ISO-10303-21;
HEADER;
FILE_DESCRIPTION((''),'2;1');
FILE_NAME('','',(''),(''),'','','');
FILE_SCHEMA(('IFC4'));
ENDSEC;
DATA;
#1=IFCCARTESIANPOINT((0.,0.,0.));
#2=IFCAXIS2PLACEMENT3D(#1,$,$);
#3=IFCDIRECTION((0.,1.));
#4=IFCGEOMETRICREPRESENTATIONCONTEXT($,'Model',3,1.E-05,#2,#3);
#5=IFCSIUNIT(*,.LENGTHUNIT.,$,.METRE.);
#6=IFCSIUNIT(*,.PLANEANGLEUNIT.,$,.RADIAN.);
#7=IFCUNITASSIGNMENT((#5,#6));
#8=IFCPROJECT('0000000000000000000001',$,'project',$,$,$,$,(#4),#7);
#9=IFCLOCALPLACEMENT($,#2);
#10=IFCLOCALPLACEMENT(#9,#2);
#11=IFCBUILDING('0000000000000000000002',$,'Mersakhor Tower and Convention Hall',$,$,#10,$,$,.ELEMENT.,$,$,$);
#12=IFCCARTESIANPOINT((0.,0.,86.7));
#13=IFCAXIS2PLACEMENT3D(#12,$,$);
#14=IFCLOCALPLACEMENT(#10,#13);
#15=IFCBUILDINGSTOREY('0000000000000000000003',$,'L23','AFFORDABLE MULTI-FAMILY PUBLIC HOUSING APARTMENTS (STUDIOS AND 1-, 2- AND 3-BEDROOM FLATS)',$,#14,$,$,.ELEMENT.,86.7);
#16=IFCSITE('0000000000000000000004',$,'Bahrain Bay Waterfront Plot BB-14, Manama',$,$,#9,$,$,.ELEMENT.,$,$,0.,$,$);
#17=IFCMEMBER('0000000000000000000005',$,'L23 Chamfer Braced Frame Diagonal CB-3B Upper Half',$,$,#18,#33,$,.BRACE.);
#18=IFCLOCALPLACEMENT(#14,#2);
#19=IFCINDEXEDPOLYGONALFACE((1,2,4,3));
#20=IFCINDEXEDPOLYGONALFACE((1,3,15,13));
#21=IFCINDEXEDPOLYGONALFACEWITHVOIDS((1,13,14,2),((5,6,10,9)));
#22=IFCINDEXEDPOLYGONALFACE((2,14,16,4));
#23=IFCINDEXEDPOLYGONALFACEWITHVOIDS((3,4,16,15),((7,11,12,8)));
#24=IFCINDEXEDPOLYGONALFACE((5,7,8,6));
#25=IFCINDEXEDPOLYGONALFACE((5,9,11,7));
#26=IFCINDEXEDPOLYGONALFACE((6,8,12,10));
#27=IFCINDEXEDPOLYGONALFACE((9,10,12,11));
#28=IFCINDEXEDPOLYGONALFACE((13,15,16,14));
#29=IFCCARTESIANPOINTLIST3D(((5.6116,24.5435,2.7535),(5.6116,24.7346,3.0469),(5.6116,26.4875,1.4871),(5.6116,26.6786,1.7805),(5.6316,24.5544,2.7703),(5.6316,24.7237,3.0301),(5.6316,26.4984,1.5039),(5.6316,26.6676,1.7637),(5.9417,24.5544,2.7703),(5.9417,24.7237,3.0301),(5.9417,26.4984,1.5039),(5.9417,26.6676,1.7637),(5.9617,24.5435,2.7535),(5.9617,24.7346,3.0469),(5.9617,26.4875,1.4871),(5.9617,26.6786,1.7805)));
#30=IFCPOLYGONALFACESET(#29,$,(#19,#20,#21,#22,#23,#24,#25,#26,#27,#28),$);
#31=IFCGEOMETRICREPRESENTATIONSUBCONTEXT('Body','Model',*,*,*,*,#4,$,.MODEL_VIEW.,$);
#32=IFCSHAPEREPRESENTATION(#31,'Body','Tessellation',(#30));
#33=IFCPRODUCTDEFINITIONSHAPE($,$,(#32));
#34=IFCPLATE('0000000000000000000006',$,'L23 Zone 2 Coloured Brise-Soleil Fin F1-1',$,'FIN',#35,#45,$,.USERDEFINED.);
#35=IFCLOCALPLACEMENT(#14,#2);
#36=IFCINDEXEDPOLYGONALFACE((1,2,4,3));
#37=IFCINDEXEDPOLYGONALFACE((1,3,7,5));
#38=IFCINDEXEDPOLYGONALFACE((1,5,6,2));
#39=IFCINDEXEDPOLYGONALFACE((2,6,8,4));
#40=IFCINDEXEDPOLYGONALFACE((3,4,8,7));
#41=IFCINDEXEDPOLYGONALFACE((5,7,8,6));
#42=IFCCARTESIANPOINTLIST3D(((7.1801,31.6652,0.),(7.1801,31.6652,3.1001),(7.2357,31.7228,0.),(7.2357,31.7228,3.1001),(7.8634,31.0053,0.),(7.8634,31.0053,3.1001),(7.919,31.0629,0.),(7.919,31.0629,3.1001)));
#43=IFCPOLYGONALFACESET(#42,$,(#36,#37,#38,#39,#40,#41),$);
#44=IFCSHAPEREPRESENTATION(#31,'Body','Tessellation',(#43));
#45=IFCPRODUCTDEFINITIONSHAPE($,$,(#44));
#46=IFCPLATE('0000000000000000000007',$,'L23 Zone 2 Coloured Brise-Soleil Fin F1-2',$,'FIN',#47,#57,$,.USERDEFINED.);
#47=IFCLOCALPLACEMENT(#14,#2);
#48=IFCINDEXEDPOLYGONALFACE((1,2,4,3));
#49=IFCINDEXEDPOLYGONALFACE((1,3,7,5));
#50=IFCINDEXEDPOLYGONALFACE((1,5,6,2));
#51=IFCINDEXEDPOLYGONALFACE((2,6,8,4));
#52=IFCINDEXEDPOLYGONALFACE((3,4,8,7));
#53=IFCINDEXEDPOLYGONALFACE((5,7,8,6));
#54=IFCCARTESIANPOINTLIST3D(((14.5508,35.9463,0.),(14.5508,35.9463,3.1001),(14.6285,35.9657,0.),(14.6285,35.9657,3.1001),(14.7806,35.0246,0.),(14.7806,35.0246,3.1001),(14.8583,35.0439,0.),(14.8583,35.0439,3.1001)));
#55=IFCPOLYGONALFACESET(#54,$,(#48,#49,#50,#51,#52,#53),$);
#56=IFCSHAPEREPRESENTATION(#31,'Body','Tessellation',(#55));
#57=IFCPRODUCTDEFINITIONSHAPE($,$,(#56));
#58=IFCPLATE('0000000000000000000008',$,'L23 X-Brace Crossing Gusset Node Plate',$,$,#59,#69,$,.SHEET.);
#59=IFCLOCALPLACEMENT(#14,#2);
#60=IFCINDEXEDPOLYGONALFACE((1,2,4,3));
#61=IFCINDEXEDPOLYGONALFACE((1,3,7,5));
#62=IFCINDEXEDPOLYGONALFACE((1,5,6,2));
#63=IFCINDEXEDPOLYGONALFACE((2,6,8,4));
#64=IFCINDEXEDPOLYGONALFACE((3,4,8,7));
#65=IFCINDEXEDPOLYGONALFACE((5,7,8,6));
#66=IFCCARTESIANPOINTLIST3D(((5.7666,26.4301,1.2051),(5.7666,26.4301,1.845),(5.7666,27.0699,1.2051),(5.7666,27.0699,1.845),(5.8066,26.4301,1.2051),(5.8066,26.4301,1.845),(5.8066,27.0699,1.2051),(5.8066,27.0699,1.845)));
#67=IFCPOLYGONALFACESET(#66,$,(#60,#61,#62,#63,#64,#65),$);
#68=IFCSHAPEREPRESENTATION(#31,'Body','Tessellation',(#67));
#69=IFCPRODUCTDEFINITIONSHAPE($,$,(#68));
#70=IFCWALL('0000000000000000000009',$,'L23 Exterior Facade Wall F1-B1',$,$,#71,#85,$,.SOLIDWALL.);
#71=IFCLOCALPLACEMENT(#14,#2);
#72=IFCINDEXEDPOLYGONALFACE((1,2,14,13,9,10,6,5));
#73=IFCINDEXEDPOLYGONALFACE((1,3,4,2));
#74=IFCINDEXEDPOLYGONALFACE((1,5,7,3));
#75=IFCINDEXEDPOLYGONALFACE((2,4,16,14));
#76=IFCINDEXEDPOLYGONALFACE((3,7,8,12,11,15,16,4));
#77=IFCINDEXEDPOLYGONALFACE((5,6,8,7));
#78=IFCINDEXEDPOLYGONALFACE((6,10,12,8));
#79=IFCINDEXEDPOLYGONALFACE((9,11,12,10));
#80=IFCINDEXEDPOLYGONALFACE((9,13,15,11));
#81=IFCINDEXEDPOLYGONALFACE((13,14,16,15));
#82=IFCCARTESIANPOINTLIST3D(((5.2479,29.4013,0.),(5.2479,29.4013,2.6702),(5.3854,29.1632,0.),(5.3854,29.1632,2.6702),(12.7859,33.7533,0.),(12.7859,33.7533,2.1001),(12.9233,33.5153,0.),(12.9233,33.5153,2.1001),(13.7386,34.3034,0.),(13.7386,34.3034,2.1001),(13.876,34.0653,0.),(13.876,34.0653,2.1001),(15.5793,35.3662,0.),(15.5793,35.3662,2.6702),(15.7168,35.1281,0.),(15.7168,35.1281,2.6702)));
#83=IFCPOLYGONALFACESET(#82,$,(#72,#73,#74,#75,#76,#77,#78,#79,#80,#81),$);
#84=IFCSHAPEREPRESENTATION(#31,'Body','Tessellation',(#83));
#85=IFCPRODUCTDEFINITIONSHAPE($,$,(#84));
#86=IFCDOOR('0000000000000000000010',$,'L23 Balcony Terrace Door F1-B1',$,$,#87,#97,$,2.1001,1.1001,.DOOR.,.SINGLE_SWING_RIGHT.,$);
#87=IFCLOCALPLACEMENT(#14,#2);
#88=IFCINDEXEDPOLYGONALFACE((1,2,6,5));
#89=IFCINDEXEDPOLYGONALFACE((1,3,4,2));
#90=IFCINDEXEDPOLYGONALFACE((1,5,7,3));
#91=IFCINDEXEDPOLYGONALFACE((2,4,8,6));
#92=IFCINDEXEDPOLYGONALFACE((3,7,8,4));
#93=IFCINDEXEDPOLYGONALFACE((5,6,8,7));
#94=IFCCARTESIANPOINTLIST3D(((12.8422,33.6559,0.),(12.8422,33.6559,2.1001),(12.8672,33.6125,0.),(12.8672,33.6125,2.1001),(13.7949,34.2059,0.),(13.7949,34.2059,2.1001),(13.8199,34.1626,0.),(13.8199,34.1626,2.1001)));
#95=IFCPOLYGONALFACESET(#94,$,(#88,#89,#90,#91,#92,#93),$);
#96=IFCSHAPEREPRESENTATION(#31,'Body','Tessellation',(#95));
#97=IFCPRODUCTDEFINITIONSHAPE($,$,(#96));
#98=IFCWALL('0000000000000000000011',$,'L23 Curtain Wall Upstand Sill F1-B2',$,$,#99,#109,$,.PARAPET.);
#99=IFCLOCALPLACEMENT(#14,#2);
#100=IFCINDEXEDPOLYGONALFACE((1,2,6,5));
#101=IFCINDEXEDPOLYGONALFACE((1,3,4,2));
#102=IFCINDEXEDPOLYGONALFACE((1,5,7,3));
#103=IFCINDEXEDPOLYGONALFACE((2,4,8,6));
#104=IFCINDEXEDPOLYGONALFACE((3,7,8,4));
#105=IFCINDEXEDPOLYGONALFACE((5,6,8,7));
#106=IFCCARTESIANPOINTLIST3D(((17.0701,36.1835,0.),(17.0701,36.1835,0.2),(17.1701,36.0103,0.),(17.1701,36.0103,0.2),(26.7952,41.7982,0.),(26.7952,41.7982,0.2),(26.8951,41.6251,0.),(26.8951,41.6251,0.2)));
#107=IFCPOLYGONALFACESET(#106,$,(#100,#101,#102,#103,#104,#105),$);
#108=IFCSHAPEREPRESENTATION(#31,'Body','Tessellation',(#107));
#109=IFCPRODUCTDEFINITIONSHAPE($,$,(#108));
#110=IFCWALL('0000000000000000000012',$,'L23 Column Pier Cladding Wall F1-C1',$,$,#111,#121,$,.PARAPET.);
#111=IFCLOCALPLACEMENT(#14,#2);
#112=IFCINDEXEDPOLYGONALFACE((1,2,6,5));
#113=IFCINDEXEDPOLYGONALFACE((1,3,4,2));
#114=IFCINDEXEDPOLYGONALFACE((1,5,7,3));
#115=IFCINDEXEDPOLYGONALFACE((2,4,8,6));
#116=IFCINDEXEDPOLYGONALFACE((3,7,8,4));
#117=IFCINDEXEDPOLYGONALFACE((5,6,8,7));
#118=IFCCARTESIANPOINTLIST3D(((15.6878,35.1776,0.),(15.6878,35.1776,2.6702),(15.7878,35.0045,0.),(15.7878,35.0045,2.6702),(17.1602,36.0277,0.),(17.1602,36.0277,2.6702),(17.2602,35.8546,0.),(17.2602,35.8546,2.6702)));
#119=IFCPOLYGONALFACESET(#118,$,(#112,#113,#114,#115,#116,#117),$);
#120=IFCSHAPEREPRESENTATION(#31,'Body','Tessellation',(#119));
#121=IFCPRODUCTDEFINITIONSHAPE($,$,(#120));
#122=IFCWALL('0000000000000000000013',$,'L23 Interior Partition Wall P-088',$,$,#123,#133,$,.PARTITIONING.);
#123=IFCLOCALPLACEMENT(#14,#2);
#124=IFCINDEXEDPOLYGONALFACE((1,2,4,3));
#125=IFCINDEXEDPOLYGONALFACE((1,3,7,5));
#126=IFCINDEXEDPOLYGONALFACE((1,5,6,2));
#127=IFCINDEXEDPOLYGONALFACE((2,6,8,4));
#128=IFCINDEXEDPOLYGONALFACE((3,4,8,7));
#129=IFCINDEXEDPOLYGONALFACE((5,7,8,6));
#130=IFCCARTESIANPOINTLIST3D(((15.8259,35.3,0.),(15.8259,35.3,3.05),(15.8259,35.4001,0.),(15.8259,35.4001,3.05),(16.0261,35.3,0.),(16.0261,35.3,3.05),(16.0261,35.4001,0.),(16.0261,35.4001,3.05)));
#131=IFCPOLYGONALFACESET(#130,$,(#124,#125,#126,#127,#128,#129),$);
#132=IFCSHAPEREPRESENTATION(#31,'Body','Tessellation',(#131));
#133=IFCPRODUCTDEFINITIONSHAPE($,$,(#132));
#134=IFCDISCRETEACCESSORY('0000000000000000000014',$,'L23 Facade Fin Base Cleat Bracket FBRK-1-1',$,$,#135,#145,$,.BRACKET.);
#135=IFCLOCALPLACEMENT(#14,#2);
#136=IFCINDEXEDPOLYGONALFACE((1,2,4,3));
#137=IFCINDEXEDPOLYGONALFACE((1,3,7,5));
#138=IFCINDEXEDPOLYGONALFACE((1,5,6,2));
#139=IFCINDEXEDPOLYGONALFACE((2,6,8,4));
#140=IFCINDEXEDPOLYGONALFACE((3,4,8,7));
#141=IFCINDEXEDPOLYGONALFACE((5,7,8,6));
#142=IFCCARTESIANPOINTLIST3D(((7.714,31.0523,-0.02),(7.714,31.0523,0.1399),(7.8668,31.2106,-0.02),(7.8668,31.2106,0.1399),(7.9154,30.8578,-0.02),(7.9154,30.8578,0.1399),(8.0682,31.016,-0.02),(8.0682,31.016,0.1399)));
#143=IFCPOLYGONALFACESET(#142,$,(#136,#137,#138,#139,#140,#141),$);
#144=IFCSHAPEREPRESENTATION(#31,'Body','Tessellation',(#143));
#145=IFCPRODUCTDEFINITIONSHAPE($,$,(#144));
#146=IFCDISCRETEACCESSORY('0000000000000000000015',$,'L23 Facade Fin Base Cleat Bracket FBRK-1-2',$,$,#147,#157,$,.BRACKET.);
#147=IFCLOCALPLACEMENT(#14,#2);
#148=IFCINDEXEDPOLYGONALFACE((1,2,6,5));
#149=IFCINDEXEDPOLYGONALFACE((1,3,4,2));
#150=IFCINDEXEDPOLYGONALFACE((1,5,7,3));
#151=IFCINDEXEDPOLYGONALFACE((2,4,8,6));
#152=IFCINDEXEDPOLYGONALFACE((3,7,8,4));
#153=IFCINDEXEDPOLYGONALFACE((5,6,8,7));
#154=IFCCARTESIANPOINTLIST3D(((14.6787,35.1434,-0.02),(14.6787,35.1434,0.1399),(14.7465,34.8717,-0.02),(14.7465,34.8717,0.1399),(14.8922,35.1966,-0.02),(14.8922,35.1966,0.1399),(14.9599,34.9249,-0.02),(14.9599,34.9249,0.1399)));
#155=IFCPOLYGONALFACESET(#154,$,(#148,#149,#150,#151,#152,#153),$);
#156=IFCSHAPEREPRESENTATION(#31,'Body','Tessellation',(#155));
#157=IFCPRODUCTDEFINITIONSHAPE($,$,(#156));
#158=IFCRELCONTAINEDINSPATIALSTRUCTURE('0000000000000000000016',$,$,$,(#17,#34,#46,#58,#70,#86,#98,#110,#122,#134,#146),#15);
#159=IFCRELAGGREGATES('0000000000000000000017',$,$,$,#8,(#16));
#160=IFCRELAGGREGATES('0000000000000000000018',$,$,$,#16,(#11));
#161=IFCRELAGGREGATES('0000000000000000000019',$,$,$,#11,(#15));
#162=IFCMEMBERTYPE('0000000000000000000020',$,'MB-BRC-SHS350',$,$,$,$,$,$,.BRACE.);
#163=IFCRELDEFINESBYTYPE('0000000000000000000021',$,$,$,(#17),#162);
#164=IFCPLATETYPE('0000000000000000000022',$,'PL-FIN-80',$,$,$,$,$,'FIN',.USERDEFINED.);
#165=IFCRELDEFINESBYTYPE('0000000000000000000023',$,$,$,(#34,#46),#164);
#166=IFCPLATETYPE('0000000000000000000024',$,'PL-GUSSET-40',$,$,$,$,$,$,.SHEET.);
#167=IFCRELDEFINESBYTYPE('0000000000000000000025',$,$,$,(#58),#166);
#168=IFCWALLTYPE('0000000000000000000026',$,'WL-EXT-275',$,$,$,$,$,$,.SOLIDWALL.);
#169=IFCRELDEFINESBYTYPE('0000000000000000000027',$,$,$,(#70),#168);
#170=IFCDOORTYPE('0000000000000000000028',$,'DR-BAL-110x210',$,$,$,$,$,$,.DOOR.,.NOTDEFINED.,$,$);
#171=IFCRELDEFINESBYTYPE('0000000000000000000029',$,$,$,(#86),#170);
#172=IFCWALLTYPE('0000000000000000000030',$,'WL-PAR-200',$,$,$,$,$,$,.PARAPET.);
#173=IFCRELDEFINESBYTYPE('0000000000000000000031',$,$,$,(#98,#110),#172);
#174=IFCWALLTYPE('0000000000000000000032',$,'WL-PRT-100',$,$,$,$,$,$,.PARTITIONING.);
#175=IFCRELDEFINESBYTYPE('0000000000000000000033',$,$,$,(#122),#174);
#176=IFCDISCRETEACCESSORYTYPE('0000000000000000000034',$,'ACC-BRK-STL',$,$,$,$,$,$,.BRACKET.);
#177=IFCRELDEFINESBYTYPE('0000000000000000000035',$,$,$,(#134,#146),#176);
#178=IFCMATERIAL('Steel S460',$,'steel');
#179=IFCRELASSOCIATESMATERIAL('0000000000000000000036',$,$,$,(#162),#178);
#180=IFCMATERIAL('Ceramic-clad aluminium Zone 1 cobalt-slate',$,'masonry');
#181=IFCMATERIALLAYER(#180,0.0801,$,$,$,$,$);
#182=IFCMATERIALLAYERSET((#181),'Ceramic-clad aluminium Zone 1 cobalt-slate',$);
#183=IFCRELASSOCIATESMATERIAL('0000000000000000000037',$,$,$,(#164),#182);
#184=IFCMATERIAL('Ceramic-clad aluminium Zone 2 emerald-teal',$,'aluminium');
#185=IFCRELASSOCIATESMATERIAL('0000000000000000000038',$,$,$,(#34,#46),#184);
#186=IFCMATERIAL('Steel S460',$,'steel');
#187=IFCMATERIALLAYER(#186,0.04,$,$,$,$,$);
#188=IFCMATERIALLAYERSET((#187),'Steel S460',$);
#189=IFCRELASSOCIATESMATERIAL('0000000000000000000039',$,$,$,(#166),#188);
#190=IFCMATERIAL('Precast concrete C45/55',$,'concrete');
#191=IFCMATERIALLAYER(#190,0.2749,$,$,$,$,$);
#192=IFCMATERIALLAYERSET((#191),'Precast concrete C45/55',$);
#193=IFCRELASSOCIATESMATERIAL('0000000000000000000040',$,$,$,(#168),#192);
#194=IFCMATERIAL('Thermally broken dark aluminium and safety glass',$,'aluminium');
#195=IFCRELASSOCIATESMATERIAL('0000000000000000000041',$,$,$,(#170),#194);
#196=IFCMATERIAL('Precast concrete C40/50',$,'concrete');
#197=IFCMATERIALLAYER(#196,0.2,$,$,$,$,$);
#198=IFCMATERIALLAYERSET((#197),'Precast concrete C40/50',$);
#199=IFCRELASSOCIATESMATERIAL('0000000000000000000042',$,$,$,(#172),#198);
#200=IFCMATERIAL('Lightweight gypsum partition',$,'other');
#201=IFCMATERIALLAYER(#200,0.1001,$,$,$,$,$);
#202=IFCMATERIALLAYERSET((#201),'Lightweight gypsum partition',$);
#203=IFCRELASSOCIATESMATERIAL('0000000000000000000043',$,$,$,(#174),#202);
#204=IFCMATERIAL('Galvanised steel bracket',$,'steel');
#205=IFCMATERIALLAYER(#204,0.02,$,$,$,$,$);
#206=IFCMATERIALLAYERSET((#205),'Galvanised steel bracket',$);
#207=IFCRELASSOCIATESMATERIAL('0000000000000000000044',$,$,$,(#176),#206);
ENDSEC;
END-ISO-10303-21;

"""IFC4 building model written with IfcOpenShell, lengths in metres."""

from ifc_helpers import new_model, si_unit, direction, frame, frame_2d, origin, origin_2d, place, context, subcontext, project, spatial, rectangle, hollow_rectangle, extrude, material, layer, layer_set, material_profile, profile_set, type_object, element, fill, save


model = new_model("IFC4")

# Units and contexts
model_context = context("Model", 3, precision=1e-05, world=origin(), true_north=direction((0.0, 1.0)))
body_context = subcontext(model_context, "Body", "Model", "MODEL_VIEW")
ifc_project = project(units=[si_unit("LENGTHUNIT", "METRE"), si_unit("PLANEANGLEUNIT", "RADIAN")], contexts=[model_context])

# Site, building, storey
site_placement = place(None, origin())
site = spatial("IfcSite", under=ifc_project, at=site_placement, Name="Bahrain Bay Waterfront Plot BB-14, Manama", CompositionType="ELEMENT", RefElevation=0.0)
building_placement = place(site_placement, origin())
building = spatial("IfcBuilding", under=site, at=building_placement, Name="Mersakhor Tower and Convention Hall", CompositionType="ELEMENT")
storey_placement = place(building_placement, frame((0.0, 0.0, 86.7)))
storey = spatial("IfcBuildingStorey", under=building, at=storey_placement, Name="L23", Description="AFFORDABLE MULTI-FAMILY PUBLIC HOUSING APARTMENTS (STUDIOS AND 1-, 2- AND 3-BEDROOM FLATS)", CompositionType="ELEMENT", Elevation=86.7)

# Member
ifc_material_1 = material(Name="Steel S460", Category="steel")
ifc_material_profile_1 = material_profile(ifc_material_1, hollow_rectangle(XDim=0.3501, YDim=0.3501, WallThickness=0.02, at=origin_2d()), Name="SHS 350x350x20")
ifc_profile_set_1 = profile_set([ifc_material_profile_1], Name="Steel S460")
member_type_1 = type_object("IfcMemberType", Name="MB-BRC-SHS350", PredefinedType="BRACE", material=ifc_profile_set_1)
member_1_placement = place(storey_placement, frame((5.7866, 26.583, 1.6338), z_axis=(0.0, -0.837881, 0.545854), x_axis=(1.0, 0.0, 0.0)))
element("IfcMember", 1, at=member_1_placement, inside=storey, type_object=member_type_1, Name="L23 Chamfer Braced Frame Diagonal CB-3B Upper Half", PredefinedType="BRACE", context=body_context, shape_type="SweptSolid", body=[
    extrude(hollow_rectangle(XDim=0.3501, YDim=0.3501, WallThickness=0.02, at=origin_2d()), origin(), (0.0, 0.0, 1.0), 2.3201),
])

# Plates
ifc_material_2 = material(Name="Ceramic-clad aluminium Zone 2 emerald-teal", Category="aluminium")
ifc_material_3 = material(Name="Ceramic-clad aluminium Zone 1 cobalt-slate", Category="masonry")
ifc_layer_1 = layer(ifc_material_3, 0.0801)
ifc_layer_set_1 = layer_set([ifc_layer_1], Name="Ceramic-clad aluminium Zone 1 cobalt-slate")
plate_type_1 = type_object("IfcPlateType", Name="PL-FIN-80", ElementType="FIN", PredefinedType="USERDEFINED", material=ifc_layer_set_1)
for number, where, z_axis, x_axis, name in (
    (2, (7.5496, 31.364, 0.0), (0.0, 0.0, 1.0), (-0.71934, 0.694658, 0.0), "L23 Zone 2 Coloured Brise-Soleil Fin F1-1"),
    (3, (14.7046, 35.4951, 0.0), (0.0, 0.0, 1.0), (-0.241922, 0.970296, 0.0), "L23 Zone 2 Coloured Brise-Soleil Fin F1-2"),
):
    element("IfcPlate", number, at=place(storey_placement, frame(where, z_axis=z_axis, x_axis=x_axis)), inside=storey, type_object=plate_type_1, material=ifc_material_2, Name=name, ObjectType="FIN", PredefinedType="USERDEFINED", context=body_context, shape_type="SweptSolid", body=[
        extrude(rectangle(XDim=0.95, YDim=0.0801, at=origin_2d()), origin(), (0.0, 0.0, 1.0), 3.1001),
    ])
ifc_material_4 = material(Name="Steel S460", Category="steel")
ifc_layer_2 = layer(ifc_material_4, 0.04)
ifc_layer_set_2 = layer_set([ifc_layer_2], Name="Steel S460")
plate_type_2 = type_object("IfcPlateType", Name="PL-GUSSET-40", PredefinedType="SHEET", material=ifc_layer_set_2)
plate_placement = place(storey_placement, frame((5.7866, 26.75, 1.2051), z_axis=(0.0, 0.0, 1.0), x_axis=(0.0, -1.0, 0.0)))
element("IfcPlate", 4, at=plate_placement, inside=storey, type_object=plate_type_2, Name="L23 X-Brace Crossing Gusset Node Plate", PredefinedType="SHEET", context=body_context, shape_type="SweptSolid", body=[
    extrude(rectangle(XDim=0.6399, YDim=0.04, at=origin_2d()), origin(), (0.0, 0.0, 1.0), 0.6399),
])

# Wall, opening, door
ifc_material_5 = material(Name="Precast concrete C45/55", Category="concrete")
ifc_layer_3 = layer(ifc_material_5, 0.2749)
ifc_layer_set_3 = layer_set([ifc_layer_3], Name="Precast concrete C45/55")
wall_type_1 = type_object("IfcWallType", Name="WL-EXT-275", PredefinedType="SOLIDWALL", material=ifc_layer_set_3)
wall_1_placement = place(storey_placement, frame((5.3167, 29.2822, 0.0), z_axis=(0.0, 0.0, 1.0), x_axis=(0.866023, 0.500004, 0.0)))
wall_1 = element("IfcWall", 5, at=wall_1_placement, inside=storey, type_object=wall_type_1, Name="L23 Exterior Facade Wall F1-B1", PredefinedType="SOLIDWALL", context=body_context, shape_type="SweptSolid", body=[
    extrude(rectangle(XDim=11.9297, YDim=0.2749, at=frame_2d((5.9648, 0.0))), origin(), (0.0, 0.0, 1.0), 2.6702),
])
opening_placement = place(wall_1_placement, frame((8.7041, 0.0, 0.0)))
opening = element("IfcOpeningElement", 6, at=opening_placement, cuts=wall_1, PredefinedType="OPENING", context=body_context, shape_type="SweptSolid", body=[
    extrude(rectangle(XDim=1.1001, YDim=2.1001, at=frame_2d((0.55, 1.05))), frame((0.0, 0.1475, 0.0), z_axis=(0.0, -1.0, 0.0), x_axis=(1.0, 0.0, 0.0)), (0.0, 0.0, 1.0), 0.2949),
])
ifc_material_6 = material(Name="Thermally broken dark aluminium and safety glass", Category="aluminium")
door_type = type_object("IfcDoorType", Name="DR-BAL-110x210", OperationType="NOTDEFINED", PredefinedType="DOOR", material=ifc_material_6)
door_placement = place(opening_placement, origin())
door = element("IfcDoor", 7, at=door_placement, inside=storey, type_object=door_type, Name="L23 Balcony Terrace Door F1-B1", OperationType="SINGLE_SWING_RIGHT", OverallHeight=2.1001, OverallWidth=1.1001, PredefinedType="DOOR", context=body_context, shape_type="SweptSolid", body=[
    extrude(rectangle(XDim=1.1001, YDim=2.1001, at=frame_2d((0.55, 1.05))), frame((0.0, 0.0249, 0.0), z_axis=(0.0, -1.0, 0.0), x_axis=(1.0, 0.0, 0.0)), (0.0, 0.0, 1.0), 0.05),
])
fill(opening, door)

# Walls
ifc_material_7 = material(Name="Precast concrete C40/50", Category="concrete")
ifc_layer_4 = layer(ifc_material_7, 0.2)
ifc_layer_set_4 = layer_set([ifc_layer_4], Name="Precast concrete C40/50")
wall_type_2 = type_object("IfcWallType", Name="WL-PAR-200", PredefinedType="PARAPET", material=ifc_layer_set_4)
wall_2_placement = place(storey_placement, frame((17.1201, 36.0969, 0.0), z_axis=(0.0, 0.0, 1.0), x_axis=(0.866027, 0.499997, 0.0)))
element("IfcWall", 8, at=wall_2_placement, inside=storey, type_object=wall_type_2, Name="L23 Curtain Wall Upstand Sill F1-B2", PredefinedType="PARAPET", context=body_context, shape_type="SweptSolid", body=[
    extrude(rectangle(XDim=11.2295, YDim=0.2, at=frame_2d((5.6147, 0.0))), origin(), (0.0, 0.0, 1.0), 0.2),
])
wall_3_placement = place(storey_placement, frame((15.7378, 35.0911, 0.0), z_axis=(0.0, 0.0, 1.0), x_axis=(0.866025, 0.5, 0.0)))
element("IfcWall", 9, at=wall_3_placement, inside=storey, type_object=wall_type_2, Name="L23 Column Pier Cladding Wall F1-C1", PredefinedType="PARAPET", context=body_context, shape_type="SweptSolid", body=[
    extrude(rectangle(XDim=1.7002, YDim=0.2, at=frame_2d((0.8501, 0.0))), origin(), (0.0, 0.0, 1.0), 2.6702),
])
ifc_material_8 = material(Name="Lightweight gypsum partition", Category="other")
ifc_layer_5 = layer(ifc_material_8, 0.1001)
ifc_layer_set_5 = layer_set([ifc_layer_5], Name="Lightweight gypsum partition")
wall_type_3 = type_object("IfcWallType", Name="WL-PRT-100", PredefinedType="PARTITIONING", material=ifc_layer_set_5)
wall_4_placement = place(storey_placement, frame((16.0261, 35.3501, 0.0), z_axis=(0.0, 0.0, 1.0), x_axis=(-1.0, 0.0, 0.0)))
element("IfcWall", 10, at=wall_4_placement, inside=storey, type_object=wall_type_3, Name="L23 Interior Partition Wall P-088", PredefinedType="PARTITIONING", context=body_context, shape_type="SweptSolid", body=[
    extrude(rectangle(XDim=0.2002, YDim=0.1001, at=frame_2d((0.1001, 0.0))), origin(), (0.0, 0.0, 1.0), 3.05),
])

# Discrete accessories
ifc_material_9 = material(Name="Galvanised steel bracket", Category="steel")
ifc_layer_6 = layer(ifc_material_9, 0.02)
ifc_layer_set_6 = layer_set([ifc_layer_6], Name="Galvanised steel bracket")
discrete_accessory_type = type_object("IfcDiscreteAccessoryType", Name="ACC-BRK-STL", PredefinedType="BRACKET", material=ifc_layer_set_6)
for number, where, z_axis, x_axis, name in (
    (11, (7.8911, 31.0342, -0.02), (0.0, 0.0, 1.0), (-0.71934, 0.694658, 0.0), "L23 Facade Fin Base Cleat Bracket FBRK-1-1"),
    (12, (14.8193, 35.0342, -0.02), (0.0, 0.0, 1.0), (-0.241922, 0.970296, 0.0), "L23 Facade Fin Base Cleat Bracket FBRK-1-2"),
):
    element("IfcDiscreteAccessory", number, at=place(storey_placement, frame(where, z_axis=z_axis, x_axis=x_axis)), inside=storey, type_object=discrete_accessory_type, Name=name, PredefinedType="BRACKET", context=body_context, shape_type="SweptSolid", body=[
        extrude(rectangle(XDim=0.28, YDim=0.22, at=origin_2d()), origin(), (0.0, 0.0, 1.0), 0.1599),
    ])

save(model, "model.ifc")
